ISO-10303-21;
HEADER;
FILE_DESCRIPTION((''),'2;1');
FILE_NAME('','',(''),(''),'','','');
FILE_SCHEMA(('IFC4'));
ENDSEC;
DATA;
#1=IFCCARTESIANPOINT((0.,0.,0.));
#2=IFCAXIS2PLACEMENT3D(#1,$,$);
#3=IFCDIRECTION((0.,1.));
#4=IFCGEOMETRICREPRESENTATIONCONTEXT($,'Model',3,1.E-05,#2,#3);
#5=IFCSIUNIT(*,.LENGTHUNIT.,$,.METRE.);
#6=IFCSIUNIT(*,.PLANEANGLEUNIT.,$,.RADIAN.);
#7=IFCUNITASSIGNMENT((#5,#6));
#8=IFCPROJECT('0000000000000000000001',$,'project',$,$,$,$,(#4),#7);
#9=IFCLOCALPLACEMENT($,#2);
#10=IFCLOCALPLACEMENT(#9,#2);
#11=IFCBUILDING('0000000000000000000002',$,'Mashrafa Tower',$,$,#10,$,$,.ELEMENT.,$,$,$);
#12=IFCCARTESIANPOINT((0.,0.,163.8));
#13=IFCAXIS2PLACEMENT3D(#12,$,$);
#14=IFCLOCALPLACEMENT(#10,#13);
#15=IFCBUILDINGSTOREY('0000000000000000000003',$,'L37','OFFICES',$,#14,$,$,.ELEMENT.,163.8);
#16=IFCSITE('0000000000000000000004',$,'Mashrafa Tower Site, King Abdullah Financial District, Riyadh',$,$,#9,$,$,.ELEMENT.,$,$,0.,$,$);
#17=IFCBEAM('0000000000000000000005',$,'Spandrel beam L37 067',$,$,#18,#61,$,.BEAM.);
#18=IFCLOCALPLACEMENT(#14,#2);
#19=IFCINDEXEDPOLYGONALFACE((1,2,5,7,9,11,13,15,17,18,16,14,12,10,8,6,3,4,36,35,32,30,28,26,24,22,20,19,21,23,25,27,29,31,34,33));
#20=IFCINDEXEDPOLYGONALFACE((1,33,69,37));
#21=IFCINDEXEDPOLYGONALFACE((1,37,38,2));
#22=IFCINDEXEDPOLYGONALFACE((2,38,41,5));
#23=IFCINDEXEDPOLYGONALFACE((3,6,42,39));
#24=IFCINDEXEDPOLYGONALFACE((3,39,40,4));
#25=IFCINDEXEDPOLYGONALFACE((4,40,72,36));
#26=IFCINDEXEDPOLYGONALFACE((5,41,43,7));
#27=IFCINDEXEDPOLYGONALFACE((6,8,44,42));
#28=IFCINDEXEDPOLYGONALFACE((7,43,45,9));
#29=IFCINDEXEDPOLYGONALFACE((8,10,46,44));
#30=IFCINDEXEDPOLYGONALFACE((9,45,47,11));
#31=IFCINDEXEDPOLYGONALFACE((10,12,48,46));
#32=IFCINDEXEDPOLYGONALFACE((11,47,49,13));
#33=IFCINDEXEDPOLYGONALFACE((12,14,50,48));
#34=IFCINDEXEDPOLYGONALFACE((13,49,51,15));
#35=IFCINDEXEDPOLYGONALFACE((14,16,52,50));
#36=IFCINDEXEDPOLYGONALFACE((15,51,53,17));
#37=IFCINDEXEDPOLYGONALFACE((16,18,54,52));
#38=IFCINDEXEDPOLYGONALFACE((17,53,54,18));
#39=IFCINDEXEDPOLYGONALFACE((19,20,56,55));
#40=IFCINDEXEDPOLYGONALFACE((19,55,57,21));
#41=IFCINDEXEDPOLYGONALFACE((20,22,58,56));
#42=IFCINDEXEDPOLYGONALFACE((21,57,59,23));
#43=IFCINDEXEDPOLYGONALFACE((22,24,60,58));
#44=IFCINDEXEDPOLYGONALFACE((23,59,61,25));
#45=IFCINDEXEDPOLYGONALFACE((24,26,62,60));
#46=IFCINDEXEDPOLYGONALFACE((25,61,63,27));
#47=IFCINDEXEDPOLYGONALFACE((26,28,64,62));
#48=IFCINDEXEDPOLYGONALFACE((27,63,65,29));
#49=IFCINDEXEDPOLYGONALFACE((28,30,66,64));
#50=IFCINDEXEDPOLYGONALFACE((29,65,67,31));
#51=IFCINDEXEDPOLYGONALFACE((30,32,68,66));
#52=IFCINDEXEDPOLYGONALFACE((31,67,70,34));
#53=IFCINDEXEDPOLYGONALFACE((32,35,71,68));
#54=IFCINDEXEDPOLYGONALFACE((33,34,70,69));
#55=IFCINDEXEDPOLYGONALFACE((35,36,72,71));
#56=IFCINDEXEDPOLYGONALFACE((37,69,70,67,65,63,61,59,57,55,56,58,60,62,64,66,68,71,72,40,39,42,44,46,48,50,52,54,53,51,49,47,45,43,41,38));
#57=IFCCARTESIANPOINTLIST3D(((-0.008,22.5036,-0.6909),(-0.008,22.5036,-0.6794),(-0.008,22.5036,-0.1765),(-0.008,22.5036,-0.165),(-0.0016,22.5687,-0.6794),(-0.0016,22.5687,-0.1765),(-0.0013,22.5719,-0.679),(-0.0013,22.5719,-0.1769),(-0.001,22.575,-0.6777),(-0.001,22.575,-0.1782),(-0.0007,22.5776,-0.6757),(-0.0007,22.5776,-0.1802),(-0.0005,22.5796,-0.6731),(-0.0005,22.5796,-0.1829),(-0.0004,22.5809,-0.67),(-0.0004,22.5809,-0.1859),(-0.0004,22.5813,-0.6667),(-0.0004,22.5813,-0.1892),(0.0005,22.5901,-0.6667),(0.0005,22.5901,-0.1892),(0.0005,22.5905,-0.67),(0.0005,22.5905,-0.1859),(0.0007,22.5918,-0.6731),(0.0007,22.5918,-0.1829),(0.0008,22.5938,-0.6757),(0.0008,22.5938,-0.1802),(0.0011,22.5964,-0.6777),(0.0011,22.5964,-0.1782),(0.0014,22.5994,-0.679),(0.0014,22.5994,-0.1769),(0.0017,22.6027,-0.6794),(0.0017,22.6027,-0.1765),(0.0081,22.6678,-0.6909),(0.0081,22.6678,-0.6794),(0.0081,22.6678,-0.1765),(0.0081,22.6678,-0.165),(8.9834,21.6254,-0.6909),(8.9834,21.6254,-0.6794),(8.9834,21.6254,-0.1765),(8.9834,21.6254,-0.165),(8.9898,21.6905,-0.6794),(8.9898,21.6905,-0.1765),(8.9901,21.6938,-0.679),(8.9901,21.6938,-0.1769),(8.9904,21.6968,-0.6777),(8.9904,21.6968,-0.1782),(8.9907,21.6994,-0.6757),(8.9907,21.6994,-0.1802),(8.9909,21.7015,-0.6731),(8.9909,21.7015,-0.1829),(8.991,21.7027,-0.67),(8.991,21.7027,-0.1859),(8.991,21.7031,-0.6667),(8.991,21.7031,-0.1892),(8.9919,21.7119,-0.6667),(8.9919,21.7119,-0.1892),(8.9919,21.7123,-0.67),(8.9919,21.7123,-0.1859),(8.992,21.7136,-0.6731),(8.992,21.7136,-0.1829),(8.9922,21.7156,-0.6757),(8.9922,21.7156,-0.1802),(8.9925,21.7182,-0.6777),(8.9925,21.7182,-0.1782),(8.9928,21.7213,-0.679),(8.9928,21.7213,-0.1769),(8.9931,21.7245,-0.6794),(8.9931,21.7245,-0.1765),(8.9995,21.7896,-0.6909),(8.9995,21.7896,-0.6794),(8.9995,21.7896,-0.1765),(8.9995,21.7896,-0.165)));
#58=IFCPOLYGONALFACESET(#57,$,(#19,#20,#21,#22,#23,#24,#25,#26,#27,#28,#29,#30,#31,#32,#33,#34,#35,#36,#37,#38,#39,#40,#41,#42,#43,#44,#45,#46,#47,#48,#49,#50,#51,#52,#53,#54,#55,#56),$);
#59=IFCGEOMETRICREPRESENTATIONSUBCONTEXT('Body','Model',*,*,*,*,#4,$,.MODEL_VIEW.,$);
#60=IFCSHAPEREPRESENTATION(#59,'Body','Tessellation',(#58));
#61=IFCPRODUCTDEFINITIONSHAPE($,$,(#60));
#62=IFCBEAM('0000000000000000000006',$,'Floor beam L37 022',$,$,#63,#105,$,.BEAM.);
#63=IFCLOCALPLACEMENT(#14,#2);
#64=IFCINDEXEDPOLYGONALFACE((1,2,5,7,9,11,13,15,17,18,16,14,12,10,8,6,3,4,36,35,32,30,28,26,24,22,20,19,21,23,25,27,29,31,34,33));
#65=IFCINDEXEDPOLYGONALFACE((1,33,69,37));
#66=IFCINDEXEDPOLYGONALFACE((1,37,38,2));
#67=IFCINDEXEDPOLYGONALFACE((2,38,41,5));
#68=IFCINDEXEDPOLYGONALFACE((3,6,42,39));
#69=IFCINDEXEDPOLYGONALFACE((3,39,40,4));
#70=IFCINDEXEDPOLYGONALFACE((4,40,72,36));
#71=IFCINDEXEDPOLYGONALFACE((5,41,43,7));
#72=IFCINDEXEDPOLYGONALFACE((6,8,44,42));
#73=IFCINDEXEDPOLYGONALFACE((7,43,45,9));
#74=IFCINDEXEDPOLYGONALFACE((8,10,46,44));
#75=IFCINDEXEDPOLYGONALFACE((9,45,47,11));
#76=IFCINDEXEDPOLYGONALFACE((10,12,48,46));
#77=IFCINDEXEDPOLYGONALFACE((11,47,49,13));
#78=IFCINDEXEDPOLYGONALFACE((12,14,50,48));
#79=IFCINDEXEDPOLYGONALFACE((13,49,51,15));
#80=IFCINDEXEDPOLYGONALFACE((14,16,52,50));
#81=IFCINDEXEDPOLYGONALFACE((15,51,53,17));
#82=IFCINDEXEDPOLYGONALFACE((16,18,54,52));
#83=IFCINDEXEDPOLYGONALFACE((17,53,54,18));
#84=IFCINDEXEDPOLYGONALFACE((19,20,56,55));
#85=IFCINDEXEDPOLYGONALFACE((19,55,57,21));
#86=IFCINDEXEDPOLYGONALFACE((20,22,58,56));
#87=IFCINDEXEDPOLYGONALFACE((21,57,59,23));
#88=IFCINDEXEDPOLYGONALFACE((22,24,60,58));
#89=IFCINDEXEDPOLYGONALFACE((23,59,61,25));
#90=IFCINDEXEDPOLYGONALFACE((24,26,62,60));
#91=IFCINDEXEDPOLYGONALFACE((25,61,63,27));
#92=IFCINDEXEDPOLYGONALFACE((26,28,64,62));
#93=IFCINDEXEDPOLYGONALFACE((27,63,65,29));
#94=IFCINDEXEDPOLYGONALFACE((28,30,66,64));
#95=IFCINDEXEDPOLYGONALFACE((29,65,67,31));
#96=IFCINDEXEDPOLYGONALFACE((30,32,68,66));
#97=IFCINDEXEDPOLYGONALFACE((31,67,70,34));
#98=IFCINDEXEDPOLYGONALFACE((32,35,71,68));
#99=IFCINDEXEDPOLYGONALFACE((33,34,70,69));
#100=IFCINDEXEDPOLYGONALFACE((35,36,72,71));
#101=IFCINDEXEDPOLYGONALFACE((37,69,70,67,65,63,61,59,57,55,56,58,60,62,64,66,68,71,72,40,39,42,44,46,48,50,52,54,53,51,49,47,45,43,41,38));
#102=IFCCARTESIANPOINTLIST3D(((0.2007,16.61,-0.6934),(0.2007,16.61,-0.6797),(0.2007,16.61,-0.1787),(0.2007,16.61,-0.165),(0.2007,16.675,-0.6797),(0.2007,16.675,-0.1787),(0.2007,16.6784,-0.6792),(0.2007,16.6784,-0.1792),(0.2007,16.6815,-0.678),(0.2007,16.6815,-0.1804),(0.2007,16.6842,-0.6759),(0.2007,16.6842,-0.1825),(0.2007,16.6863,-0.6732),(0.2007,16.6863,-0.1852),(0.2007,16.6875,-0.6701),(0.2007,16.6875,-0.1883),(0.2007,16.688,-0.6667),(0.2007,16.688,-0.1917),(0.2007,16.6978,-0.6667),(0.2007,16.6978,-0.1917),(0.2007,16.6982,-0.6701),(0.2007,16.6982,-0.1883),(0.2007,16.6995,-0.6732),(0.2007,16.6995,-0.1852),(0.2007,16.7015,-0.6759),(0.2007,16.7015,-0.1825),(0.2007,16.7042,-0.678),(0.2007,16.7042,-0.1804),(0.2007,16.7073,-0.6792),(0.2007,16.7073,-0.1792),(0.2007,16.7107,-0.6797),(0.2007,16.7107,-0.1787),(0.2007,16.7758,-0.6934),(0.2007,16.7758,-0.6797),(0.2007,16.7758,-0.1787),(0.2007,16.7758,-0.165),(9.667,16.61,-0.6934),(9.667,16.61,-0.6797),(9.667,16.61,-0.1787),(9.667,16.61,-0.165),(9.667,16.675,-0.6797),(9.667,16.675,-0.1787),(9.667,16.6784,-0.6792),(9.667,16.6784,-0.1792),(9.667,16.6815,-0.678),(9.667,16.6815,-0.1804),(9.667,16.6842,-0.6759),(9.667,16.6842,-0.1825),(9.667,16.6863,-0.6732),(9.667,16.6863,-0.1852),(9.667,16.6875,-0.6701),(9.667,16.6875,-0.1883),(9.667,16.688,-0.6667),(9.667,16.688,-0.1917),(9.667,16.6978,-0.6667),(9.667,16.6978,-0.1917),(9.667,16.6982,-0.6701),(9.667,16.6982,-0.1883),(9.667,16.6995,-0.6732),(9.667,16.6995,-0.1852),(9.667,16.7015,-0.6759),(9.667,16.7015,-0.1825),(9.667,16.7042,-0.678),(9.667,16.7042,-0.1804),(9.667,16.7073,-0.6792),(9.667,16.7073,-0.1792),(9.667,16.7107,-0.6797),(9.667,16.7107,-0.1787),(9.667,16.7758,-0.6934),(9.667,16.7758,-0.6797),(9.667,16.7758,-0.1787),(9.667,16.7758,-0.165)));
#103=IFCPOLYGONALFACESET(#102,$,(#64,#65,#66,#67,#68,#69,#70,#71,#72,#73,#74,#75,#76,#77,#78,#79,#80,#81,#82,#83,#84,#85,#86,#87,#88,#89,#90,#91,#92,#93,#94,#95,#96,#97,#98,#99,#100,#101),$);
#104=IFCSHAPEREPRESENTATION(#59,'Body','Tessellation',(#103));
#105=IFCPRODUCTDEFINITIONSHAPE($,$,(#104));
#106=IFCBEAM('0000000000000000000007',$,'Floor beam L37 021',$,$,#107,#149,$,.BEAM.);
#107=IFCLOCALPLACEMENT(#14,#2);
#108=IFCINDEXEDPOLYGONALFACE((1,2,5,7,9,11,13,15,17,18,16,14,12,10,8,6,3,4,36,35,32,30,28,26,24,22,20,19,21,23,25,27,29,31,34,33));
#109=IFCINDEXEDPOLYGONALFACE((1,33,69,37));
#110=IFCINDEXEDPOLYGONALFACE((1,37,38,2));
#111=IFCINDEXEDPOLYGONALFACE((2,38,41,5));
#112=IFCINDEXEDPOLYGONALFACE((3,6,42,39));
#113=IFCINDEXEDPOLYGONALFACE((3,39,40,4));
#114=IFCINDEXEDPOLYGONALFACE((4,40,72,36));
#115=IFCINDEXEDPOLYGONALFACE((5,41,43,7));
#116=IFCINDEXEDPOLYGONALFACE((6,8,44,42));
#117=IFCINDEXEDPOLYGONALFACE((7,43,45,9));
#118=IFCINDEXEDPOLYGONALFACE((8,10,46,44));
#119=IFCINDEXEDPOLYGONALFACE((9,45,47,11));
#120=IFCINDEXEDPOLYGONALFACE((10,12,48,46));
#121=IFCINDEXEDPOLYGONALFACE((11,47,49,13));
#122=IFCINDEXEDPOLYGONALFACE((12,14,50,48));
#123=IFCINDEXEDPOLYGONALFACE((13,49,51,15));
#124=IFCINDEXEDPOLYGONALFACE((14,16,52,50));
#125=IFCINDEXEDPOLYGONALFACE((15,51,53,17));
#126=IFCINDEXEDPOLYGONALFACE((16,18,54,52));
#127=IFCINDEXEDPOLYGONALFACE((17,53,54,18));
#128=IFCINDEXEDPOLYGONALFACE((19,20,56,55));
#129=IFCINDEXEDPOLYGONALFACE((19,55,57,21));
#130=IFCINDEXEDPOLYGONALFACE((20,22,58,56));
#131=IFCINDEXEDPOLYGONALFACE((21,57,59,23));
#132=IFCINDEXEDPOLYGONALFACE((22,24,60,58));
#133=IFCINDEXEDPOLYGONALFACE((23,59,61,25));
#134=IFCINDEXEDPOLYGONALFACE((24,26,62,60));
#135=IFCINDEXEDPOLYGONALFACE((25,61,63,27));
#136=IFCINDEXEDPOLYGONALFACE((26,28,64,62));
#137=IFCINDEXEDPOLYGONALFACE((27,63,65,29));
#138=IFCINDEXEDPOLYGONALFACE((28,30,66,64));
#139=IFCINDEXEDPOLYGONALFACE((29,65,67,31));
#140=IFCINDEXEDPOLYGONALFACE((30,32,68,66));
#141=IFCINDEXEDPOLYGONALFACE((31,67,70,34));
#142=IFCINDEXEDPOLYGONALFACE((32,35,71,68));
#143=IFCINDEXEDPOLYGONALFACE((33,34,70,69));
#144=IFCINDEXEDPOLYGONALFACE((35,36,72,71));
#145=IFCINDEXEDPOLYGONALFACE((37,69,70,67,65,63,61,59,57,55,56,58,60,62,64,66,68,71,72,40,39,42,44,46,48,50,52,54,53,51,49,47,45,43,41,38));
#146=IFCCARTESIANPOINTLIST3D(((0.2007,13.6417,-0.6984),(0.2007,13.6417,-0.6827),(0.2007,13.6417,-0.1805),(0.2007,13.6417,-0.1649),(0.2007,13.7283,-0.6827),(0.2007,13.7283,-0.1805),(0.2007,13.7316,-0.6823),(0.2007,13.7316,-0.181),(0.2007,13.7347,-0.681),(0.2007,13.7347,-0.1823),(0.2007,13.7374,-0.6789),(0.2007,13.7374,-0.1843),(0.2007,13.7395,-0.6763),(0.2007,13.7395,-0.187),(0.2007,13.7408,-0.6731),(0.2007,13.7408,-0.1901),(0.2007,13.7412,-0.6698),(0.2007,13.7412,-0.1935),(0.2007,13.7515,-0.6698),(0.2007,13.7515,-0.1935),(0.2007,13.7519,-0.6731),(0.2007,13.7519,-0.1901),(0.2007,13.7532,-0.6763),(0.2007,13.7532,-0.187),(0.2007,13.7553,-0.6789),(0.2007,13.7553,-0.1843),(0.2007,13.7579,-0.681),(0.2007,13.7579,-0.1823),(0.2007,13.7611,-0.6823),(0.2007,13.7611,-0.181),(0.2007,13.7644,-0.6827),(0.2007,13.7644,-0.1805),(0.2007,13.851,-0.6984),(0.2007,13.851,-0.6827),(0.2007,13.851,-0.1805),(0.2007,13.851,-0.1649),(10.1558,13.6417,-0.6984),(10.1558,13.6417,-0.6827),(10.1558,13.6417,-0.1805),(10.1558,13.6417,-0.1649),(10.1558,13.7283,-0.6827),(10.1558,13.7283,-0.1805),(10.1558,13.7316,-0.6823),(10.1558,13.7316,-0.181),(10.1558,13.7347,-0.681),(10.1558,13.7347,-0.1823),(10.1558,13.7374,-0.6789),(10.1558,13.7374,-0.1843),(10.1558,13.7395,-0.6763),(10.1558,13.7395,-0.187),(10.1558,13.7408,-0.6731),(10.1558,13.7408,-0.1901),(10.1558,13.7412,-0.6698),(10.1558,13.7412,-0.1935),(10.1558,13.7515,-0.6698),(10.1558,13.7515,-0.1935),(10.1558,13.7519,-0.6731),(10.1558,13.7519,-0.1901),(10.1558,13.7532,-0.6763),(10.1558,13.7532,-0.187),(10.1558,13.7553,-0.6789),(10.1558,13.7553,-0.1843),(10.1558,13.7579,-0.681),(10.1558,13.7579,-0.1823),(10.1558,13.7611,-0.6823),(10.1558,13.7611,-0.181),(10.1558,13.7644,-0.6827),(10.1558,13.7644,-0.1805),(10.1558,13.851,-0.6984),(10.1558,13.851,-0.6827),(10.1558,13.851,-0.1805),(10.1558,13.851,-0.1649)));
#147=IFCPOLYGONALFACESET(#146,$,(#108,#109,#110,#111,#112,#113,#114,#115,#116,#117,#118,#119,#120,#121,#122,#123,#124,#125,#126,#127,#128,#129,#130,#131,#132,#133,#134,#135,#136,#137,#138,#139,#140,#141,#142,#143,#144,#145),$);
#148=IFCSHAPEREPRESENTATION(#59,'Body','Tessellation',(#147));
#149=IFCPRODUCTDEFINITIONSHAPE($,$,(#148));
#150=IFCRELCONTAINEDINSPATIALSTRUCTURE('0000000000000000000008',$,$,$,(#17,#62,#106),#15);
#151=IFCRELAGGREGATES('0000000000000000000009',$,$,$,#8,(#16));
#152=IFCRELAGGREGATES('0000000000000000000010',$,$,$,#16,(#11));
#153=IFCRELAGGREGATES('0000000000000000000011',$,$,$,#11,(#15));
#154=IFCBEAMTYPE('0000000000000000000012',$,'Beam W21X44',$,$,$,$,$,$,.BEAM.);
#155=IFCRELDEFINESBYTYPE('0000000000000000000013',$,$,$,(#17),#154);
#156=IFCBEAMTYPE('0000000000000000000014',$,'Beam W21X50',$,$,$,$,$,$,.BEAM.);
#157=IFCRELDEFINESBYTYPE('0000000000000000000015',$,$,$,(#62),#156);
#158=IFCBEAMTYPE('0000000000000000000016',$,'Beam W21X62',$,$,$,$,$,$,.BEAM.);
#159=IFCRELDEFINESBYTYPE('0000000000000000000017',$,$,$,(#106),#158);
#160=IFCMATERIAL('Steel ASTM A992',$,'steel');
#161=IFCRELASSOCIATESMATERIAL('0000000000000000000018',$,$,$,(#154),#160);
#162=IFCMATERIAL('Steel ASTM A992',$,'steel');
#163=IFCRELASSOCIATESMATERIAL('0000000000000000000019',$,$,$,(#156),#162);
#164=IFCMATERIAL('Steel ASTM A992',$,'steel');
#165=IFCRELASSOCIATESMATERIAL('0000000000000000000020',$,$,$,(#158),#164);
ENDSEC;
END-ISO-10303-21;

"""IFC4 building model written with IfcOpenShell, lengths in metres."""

from ifc_helpers import new_model, si_unit, direction, frame, origin, origin_2d, place, context, subcontext, project, spatial, i_section, extrude, material, material_profile, profile_set, type_object, element, save


model = new_model("IFC4")

# Units and contexts
model_context = context("Model", 3, precision=1e-05, world=origin(), true_north=direction((0.0, 1.0)))
body_context = subcontext(model_context, "Body", "Model", "MODEL_VIEW")
ifc_project = project(units=[si_unit("LENGTHUNIT", "METRE"), si_unit("PLANEANGLEUNIT", "RADIAN")], contexts=[model_context])

# Site, building, storey
site_placement = place(None, origin())
site = spatial("IfcSite", under=ifc_project, at=site_placement, Name="Mashrafa Tower Site, King Abdullah Financial District, Riyadh", CompositionType="ELEMENT", RefElevation=0.0)
building_placement = place(site_placement, origin())
building = spatial("IfcBuilding", under=site, at=building_placement, Name="Mashrafa Tower", CompositionType="ELEMENT")
storey_placement = place(building_placement, frame((0.0, 0.0, 163.8)))
storey = spatial("IfcBuildingStorey", under=building, at=storey_placement, Name="L37", Description="OFFICES", CompositionType="ELEMENT", Elevation=163.8)

# Beams
ifc_material_1 = material(Name="Steel ASTM A992", Category="steel")
ifc_material_profile_1 = material_profile(ifc_material_1, i_section(OverallWidth=0.165, OverallDepth=0.5259, WebThickness=0.0088, FlangeThickness=0.0115, FilletRadius=0.0127, at=origin_2d()), Name="W21X44")
ifc_profile_set_1 = profile_set([ifc_material_profile_1], Name="Steel ASTM A992")
beam_type_1 = type_object("IfcBeamType", Name="Beam W21X44", PredefinedType="BEAM", material=ifc_profile_set_1)
for number, where, z_axis, x_axis, name in (
    (1, (8.9915, 21.7075, -0.428), (-0.995264, 0.097205, 0.0), (-0.097205, -0.995264, 0.0), "Spandrel beam L37 067"),
):
    element("IfcBeam", number, at=place(storey_placement, frame(where, z_axis=z_axis, x_axis=x_axis)), inside=storey, type_object=beam_type_1, Name=name, PredefinedType="BEAM", context=body_context, shape_type="SweptSolid", body=[
        extrude(i_section(OverallWidth=0.165, OverallDepth=0.5259, WebThickness=0.0088, FlangeThickness=0.0115, FilletRadius=0.0127, at=origin_2d()), origin(), (0.0, 0.0, 1.0), 9.0342),
    ])
ifc_material_2 = material(Name="Steel ASTM A992", Category="steel")
ifc_material_profile_2 = material_profile(ifc_material_2, i_section(OverallWidth=0.1658, OverallDepth=0.5283, WebThickness=0.0098, FlangeThickness=0.0137, FilletRadius=0.0129, at=origin_2d()), Name="W21X50")
ifc_profile_set_2 = profile_set([ifc_material_profile_2], Name="Steel ASTM A992")
beam_type_2 = type_object("IfcBeamType", Name="Beam W21X50", PredefinedType="BEAM", material=ifc_profile_set_2)
beam_1_placement = place(storey_placement, frame((0.2007, 16.6929, -0.4292), z_axis=(1.0, 0.0, 0.0), x_axis=(0.0, 1.0, 0.0)))
element("IfcBeam", 2, at=beam_1_placement, inside=storey, type_object=beam_type_2, Name="Floor beam L37 022", PredefinedType="BEAM", context=body_context, shape_type="SweptSolid", body=[
    extrude(i_section(OverallWidth=0.1658, OverallDepth=0.5283, WebThickness=0.0098, FlangeThickness=0.0137, FilletRadius=0.0129, at=origin_2d()), origin(), (0.0, 0.0, 1.0), 9.4663),
])
ifc_material_3 = material(Name="Steel ASTM A992", Category="steel")
ifc_material_profile_3 = material_profile(ifc_material_3, i_section(OverallWidth=0.2092, OverallDepth=0.5334, WebThickness=0.0103, FlangeThickness=0.0156, FilletRadius=0.0129, at=origin_2d()), Name="W21X62")
ifc_profile_set_3 = profile_set([ifc_material_profile_3], Name="Steel ASTM A992")
beam_type_3 = type_object("IfcBeamType", Name="Beam W21X62", PredefinedType="BEAM", material=ifc_profile_set_3)
beam_2_placement = place(storey_placement, frame((0.2007, 13.7463, -0.4316), z_axis=(1.0, 0.0, 0.0), x_axis=(0.0, 1.0, 0.0)))
element("IfcBeam", 3, at=beam_2_placement, inside=storey, type_object=beam_type_3, Name="Floor beam L37 021", PredefinedType="BEAM", context=body_context, shape_type="SweptSolid", body=[
    extrude(i_section(OverallWidth=0.2092, OverallDepth=0.5334, WebThickness=0.0103, FlangeThickness=0.0156, FilletRadius=0.0129, at=origin_2d()), origin(), (0.0, 0.0, 1.0), 9.9551),
])

save(model, "model.ifc")
